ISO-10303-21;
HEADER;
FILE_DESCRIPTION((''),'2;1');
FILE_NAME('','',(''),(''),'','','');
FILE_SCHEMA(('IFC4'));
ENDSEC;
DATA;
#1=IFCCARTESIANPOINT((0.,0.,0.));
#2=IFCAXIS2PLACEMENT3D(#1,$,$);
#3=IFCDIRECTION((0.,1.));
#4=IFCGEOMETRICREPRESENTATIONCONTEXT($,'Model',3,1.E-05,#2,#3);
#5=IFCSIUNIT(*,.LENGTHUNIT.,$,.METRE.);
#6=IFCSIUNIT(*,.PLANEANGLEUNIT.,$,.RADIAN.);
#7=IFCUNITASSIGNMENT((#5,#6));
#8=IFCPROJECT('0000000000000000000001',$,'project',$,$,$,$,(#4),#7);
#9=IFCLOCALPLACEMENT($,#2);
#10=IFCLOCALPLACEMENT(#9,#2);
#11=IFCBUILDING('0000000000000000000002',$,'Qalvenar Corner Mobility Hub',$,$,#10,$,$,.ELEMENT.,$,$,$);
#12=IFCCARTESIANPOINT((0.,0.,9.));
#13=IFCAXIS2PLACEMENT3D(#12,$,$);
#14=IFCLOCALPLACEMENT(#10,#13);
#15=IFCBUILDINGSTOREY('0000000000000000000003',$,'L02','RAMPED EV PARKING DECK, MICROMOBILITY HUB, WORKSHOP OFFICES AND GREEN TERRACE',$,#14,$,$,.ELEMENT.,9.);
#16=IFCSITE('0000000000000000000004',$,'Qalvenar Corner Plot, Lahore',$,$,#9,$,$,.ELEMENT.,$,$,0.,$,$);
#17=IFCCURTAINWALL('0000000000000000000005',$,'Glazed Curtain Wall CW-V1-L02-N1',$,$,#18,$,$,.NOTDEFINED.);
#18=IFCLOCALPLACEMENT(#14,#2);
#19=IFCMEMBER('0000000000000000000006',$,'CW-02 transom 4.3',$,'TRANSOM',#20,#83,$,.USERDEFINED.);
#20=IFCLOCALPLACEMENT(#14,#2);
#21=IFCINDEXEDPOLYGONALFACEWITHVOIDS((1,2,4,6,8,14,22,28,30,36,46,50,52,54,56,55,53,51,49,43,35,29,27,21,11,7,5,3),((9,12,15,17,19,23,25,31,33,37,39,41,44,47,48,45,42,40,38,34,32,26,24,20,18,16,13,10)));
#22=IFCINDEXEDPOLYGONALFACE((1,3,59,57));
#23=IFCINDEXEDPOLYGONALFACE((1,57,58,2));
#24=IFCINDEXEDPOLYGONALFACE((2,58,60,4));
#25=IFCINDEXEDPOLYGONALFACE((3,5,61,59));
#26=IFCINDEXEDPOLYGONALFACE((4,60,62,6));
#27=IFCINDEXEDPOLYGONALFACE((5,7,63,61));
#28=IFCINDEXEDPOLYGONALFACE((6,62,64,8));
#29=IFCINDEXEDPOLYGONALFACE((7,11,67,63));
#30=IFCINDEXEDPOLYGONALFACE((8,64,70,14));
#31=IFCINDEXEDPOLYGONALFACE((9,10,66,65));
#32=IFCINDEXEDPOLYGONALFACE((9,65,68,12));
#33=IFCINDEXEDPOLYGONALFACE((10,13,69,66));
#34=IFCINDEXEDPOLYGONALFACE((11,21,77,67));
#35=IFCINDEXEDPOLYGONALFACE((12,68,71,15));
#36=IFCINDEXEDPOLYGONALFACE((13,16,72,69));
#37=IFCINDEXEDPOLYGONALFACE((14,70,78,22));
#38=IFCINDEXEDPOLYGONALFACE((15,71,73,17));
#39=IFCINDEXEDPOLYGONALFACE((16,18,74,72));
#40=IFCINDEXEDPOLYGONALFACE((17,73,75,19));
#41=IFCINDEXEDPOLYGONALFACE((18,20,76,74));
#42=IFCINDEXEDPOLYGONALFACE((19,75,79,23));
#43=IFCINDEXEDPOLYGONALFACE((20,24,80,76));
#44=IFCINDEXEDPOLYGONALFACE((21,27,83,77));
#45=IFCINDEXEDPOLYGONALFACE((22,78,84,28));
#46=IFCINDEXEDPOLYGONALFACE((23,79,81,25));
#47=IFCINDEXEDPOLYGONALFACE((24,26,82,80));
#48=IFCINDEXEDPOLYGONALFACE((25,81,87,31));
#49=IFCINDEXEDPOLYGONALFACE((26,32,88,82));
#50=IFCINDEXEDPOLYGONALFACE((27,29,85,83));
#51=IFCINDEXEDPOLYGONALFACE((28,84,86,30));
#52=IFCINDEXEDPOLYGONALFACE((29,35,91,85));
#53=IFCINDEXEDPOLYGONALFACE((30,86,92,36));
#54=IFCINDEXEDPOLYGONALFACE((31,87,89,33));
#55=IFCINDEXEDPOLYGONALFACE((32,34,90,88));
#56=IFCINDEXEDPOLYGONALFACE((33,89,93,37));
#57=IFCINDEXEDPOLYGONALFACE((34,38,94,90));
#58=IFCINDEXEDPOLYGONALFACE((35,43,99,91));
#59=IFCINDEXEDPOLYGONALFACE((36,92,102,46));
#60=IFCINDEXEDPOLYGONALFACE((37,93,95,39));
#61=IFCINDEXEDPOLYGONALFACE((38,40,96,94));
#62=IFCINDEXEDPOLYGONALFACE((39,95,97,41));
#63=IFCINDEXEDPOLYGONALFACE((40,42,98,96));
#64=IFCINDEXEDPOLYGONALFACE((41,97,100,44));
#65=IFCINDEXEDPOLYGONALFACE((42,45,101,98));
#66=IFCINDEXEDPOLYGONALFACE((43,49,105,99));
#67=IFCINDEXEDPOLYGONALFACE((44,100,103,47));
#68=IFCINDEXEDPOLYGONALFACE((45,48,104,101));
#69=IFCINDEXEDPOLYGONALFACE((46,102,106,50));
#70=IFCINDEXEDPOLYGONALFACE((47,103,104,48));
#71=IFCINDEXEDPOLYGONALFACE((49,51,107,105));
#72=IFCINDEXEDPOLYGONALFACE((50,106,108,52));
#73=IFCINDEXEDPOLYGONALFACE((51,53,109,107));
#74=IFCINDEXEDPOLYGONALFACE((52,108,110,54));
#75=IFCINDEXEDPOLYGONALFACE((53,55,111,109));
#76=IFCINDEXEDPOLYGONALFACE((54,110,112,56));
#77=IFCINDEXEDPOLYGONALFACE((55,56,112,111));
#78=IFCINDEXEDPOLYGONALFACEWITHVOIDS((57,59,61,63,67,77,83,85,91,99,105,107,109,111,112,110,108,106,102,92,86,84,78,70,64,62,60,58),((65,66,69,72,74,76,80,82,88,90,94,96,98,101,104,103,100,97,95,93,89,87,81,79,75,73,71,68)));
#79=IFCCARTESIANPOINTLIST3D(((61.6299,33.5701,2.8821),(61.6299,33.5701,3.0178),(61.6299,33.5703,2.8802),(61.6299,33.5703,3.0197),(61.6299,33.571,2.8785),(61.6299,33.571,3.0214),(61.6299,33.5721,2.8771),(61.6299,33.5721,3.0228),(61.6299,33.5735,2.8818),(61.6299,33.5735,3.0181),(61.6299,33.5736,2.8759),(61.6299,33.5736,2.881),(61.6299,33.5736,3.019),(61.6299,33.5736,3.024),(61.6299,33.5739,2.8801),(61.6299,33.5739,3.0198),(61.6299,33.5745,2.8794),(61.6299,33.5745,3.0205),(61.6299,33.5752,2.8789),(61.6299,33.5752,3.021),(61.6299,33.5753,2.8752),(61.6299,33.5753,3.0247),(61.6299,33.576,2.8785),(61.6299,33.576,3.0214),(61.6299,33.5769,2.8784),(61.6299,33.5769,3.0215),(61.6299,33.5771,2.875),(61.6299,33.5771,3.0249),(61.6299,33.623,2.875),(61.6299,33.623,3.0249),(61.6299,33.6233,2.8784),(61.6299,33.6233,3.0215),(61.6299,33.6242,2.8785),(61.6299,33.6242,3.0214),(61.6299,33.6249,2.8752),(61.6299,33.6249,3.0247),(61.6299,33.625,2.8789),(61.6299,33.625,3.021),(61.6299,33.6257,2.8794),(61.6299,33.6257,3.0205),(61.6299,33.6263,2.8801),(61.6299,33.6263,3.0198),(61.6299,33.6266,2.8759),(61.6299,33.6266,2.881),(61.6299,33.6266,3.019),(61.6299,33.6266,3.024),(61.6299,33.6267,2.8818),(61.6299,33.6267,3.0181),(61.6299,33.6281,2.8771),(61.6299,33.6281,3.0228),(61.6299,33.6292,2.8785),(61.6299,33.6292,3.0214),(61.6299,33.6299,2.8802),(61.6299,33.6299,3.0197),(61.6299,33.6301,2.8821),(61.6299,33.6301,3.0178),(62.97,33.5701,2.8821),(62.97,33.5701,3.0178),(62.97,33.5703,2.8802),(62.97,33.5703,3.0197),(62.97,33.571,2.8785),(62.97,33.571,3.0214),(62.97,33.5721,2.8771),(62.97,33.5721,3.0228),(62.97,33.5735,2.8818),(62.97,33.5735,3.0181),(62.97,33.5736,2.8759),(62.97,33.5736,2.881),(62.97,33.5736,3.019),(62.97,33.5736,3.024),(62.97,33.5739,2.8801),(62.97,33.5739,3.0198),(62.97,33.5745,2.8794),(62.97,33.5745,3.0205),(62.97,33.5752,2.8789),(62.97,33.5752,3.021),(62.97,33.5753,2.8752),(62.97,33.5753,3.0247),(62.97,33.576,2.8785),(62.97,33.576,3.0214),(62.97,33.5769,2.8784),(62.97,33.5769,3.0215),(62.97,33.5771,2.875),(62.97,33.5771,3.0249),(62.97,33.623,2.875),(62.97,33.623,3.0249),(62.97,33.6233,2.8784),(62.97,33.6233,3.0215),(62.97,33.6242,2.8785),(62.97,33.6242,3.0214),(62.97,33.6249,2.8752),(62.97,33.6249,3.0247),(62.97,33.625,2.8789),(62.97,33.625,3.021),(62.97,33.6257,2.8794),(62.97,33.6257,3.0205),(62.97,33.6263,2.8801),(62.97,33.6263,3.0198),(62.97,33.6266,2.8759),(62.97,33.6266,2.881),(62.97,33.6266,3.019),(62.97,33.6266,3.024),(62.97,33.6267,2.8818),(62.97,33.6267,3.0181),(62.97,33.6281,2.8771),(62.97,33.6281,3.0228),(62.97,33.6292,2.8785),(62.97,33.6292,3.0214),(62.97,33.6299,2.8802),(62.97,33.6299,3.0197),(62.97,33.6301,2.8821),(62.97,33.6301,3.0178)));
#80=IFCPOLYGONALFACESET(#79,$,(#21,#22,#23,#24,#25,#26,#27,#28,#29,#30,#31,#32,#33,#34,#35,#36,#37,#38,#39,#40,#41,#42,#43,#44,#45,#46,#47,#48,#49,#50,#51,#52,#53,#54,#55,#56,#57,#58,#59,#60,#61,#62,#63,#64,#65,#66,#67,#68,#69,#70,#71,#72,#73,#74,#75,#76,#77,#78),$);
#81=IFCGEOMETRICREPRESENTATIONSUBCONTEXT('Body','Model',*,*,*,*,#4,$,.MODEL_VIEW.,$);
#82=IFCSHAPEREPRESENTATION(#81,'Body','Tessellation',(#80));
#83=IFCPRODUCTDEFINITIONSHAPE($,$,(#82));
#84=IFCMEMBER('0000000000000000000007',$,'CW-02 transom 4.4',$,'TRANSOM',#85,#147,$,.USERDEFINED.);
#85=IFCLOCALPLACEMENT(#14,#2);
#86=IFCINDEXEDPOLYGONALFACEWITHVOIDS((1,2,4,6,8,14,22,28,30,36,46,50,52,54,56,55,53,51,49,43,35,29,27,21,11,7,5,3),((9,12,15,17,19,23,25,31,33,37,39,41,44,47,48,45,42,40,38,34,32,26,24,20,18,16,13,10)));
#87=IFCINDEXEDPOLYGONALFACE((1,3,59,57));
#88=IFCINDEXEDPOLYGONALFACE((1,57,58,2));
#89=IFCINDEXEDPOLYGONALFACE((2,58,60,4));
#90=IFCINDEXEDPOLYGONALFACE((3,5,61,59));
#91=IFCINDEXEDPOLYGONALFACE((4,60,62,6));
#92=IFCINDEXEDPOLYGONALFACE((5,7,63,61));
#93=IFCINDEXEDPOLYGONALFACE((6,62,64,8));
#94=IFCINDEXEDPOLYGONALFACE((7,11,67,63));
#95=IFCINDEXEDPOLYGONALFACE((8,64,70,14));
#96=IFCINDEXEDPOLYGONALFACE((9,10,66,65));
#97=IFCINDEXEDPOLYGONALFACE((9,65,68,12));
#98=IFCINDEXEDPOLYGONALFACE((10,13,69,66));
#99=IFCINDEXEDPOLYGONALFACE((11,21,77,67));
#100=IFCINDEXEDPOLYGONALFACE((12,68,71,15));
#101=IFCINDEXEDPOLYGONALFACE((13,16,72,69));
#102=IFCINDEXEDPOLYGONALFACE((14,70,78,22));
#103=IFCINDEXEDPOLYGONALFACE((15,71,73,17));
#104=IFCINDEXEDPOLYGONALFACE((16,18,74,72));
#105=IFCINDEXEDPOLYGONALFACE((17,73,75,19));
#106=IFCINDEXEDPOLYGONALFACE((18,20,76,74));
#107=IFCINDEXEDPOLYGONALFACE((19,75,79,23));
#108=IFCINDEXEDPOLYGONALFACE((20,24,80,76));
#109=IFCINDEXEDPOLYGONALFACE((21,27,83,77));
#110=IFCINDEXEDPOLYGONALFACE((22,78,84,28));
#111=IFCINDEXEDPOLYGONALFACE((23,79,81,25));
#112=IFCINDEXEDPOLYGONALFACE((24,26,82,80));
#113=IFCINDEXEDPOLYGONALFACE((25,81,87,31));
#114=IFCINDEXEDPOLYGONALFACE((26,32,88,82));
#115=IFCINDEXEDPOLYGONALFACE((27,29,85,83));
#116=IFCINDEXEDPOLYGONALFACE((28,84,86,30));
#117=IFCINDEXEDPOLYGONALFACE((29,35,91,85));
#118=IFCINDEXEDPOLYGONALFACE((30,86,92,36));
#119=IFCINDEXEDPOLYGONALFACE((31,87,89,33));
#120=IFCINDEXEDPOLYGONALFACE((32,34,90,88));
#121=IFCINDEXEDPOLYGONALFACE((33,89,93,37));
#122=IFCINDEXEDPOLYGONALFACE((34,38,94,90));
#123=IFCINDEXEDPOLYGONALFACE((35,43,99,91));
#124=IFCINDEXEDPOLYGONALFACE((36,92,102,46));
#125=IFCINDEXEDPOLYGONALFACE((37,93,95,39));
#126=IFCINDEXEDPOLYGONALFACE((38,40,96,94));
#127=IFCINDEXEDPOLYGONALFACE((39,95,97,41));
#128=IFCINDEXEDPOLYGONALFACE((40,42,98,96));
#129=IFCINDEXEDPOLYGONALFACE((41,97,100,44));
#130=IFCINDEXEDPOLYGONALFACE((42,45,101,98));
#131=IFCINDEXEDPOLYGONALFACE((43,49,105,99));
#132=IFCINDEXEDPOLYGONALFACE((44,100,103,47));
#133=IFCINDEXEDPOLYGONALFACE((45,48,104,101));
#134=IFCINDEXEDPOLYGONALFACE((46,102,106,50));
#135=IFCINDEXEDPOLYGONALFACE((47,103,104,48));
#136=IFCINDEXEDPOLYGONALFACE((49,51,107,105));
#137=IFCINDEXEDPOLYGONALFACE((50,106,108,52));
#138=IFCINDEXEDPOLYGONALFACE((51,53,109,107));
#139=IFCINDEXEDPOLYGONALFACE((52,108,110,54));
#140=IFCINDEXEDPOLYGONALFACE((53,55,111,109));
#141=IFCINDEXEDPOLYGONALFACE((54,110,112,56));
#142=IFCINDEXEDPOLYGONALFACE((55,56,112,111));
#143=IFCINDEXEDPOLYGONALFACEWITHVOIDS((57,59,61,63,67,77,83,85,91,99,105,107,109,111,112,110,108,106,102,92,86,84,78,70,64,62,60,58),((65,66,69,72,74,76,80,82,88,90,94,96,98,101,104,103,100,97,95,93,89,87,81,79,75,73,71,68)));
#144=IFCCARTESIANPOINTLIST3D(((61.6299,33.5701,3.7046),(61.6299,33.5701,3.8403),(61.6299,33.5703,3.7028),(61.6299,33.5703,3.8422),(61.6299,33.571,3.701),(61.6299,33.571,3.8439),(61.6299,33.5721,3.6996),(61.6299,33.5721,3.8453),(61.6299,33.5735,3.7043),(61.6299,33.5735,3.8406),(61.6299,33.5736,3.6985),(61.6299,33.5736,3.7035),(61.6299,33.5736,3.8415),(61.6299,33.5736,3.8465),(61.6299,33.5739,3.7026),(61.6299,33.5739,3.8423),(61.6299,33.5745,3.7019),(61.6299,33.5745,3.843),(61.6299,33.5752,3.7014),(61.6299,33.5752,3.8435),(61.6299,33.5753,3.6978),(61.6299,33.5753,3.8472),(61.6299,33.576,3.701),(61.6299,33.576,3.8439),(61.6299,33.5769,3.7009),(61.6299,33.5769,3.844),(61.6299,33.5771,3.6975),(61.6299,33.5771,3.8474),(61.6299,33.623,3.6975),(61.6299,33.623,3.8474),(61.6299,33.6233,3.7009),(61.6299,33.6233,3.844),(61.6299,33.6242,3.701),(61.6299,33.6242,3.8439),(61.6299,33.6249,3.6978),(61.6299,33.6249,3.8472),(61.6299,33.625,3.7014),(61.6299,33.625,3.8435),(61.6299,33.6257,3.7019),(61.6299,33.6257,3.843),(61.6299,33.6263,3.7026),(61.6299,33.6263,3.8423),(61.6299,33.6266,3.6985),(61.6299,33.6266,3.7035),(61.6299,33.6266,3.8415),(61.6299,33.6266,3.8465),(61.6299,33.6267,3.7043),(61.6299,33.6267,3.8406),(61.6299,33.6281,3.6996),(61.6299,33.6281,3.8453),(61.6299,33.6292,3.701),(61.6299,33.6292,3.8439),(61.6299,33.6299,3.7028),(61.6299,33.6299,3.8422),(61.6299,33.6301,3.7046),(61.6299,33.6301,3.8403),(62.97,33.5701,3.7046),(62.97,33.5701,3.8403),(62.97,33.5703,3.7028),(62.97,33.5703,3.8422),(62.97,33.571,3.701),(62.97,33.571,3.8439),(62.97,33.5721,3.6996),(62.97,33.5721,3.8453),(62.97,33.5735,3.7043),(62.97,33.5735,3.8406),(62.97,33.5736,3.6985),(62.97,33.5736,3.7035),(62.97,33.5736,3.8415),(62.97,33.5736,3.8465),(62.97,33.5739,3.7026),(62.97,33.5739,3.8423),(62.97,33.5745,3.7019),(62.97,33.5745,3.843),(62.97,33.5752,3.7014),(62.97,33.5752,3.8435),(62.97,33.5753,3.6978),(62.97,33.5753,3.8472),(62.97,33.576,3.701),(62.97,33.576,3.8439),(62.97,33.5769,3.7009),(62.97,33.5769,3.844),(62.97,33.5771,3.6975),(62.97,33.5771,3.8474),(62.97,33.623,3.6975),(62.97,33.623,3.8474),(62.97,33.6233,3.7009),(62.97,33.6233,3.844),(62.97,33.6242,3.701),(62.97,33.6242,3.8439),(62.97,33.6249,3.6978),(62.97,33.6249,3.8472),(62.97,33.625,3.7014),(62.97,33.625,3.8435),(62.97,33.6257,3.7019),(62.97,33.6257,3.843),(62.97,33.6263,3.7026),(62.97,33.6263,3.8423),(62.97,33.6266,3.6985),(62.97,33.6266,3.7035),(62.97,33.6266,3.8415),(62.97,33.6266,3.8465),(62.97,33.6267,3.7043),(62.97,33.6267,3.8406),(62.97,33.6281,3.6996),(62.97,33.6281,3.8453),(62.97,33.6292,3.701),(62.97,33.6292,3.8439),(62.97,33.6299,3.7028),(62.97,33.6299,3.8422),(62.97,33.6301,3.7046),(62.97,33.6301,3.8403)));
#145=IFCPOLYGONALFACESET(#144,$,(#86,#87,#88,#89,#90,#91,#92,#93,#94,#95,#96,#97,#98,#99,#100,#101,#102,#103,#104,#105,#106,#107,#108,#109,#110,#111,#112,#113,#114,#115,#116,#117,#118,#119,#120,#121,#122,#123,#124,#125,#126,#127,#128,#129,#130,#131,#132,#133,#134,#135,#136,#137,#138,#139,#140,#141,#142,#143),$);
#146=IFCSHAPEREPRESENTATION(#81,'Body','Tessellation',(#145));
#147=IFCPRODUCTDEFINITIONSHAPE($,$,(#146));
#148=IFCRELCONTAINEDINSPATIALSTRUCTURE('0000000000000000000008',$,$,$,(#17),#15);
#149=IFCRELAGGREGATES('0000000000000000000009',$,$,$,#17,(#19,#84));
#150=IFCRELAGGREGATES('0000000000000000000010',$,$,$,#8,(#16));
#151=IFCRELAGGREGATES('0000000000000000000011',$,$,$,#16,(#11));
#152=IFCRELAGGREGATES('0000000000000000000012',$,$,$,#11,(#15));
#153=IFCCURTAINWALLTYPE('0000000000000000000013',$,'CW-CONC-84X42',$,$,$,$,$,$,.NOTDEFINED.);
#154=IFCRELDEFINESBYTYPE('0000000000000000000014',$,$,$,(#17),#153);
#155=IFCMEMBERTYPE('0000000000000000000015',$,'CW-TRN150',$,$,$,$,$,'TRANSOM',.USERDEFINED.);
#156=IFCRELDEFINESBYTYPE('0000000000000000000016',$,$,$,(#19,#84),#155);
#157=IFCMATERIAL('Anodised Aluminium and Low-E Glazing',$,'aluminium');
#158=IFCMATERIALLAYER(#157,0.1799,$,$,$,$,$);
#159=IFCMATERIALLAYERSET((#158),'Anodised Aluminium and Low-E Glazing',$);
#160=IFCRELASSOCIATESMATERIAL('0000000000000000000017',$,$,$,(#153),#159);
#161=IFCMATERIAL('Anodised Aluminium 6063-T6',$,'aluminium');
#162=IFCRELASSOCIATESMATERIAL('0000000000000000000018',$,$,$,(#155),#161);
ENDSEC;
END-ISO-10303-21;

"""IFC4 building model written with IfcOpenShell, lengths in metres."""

from ifc_helpers import new_model, si_unit, direction, frame, origin, origin_2d, place, context, subcontext, project, spatial, hollow_rectangle, extrude, material, layer, layer_set, material_profile, profile_set, type_object, element, aggregate, save


model = new_model("IFC4")

# Units and contexts
model_context = context("Model", 3, precision=1e-05, world=origin(), true_north=direction((0.0, 1.0)))
body_context = subcontext(model_context, "Body", "Model", "MODEL_VIEW")
ifc_project = project(units=[si_unit("LENGTHUNIT", "METRE"), si_unit("PLANEANGLEUNIT", "RADIAN")], contexts=[model_context])

# Site, building, storey
site_placement = place(None, origin())
site = spatial("IfcSite", under=ifc_project, at=site_placement, Name="Qalvenar Corner Plot, Lahore", CompositionType="ELEMENT", RefElevation=0.0)
building_placement = place(site_placement, origin())
building = spatial("IfcBuilding", under=site, at=building_placement, Name="Qalvenar Corner Mobility Hub", CompositionType="ELEMENT")
storey_placement = place(building_placement, frame((0.0, 0.0, 9.0)))
storey = spatial("IfcBuildingStorey", under=building, at=storey_placement, Name="L02", Description="RAMPED EV PARKING DECK, MICROMOBILITY HUB, WORKSHOP OFFICES AND GREEN TERRACE", CompositionType="ELEMENT", Elevation=9.0)

# Shared definitions
ifc_material_1 = material(Name="Anodised Aluminium and Low-E Glazing", Category="aluminium")
ifc_material_2 = material(Name="Anodised Aluminium 6063-T6", Category="aluminium")

# Curtain wall, members
ifc_layer_1 = layer(ifc_material_1, 0.1799)
ifc_layer_set_1 = layer_set([ifc_layer_1], Name="Anodised Aluminium and Low-E Glazing")
curtain_wall_type_1 = type_object("IfcCurtainWallType", Name="CW-CONC-84X42", PredefinedType="NOTDEFINED", material=ifc_layer_set_1)
curtain_wall_1_placement = place(storey_placement, origin())
curtain_wall_1 = element("IfcCurtainWall", 1, at=curtain_wall_1_placement, inside=storey, type_object=curtain_wall_type_1, Name="Glazed Curtain Wall CW-V1-L02-N1", PredefinedType="NOTDEFINED")
ifc_material_profile_1 = material_profile(ifc_material_2, hollow_rectangle(XDim=0.0601, YDim=0.1499, WallThickness=0.0034, InnerFilletRadius=0.0034, OuterFilletRadius=0.0071, at=origin_2d()), Name="RHS150x60x3.5")
ifc_profile_set_1 = profile_set([ifc_material_profile_1], Name="Anodised Aluminium 6063-T6")
member_type_1 = type_object("IfcMemberType", Name="CW-TRN150", ElementType="TRANSOM", PredefinedType="USERDEFINED", material=ifc_profile_set_1)
member_1_placement = place(storey_placement, frame((62.97, 33.6001, 2.95), z_axis=(-1.0, 0.0, 0.0), x_axis=(0.0, -1.0, 0.0)))
member_1 = element("IfcMember", 2, at=member_1_placement, type_object=member_type_1, Name="CW-02 transom 4.3", ObjectType="TRANSOM", PredefinedType="USERDEFINED", context=body_context, shape_type="SweptSolid", body=[
    extrude(hollow_rectangle(XDim=0.0601, YDim=0.1499, WallThickness=0.0034, InnerFilletRadius=0.0034, OuterFilletRadius=0.0071, at=origin_2d()), origin(), (0.0, 0.0, 1.0), 1.3401),
])
member_2_placement = place(storey_placement, frame((62.97, 33.6001, 3.7725), z_axis=(-1.0, 0.0, 0.0), x_axis=(0.0, -1.0, 0.0)))
member_2 = element("IfcMember", 3, at=member_2_placement, type_object=member_type_1, Name="CW-02 transom 4.4", ObjectType="TRANSOM", PredefinedType="USERDEFINED", context=body_context, shape_type="SweptSolid", body=[
    extrude(hollow_rectangle(XDim=0.0601, YDim=0.1499, WallThickness=0.0034, InnerFilletRadius=0.0034, OuterFilletRadius=0.0071, at=origin_2d()), origin(), (0.0, 0.0, 1.0), 1.3401),
])
aggregate(curtain_wall_1, [member_1, member_2])

save(model, "model.ifc")
